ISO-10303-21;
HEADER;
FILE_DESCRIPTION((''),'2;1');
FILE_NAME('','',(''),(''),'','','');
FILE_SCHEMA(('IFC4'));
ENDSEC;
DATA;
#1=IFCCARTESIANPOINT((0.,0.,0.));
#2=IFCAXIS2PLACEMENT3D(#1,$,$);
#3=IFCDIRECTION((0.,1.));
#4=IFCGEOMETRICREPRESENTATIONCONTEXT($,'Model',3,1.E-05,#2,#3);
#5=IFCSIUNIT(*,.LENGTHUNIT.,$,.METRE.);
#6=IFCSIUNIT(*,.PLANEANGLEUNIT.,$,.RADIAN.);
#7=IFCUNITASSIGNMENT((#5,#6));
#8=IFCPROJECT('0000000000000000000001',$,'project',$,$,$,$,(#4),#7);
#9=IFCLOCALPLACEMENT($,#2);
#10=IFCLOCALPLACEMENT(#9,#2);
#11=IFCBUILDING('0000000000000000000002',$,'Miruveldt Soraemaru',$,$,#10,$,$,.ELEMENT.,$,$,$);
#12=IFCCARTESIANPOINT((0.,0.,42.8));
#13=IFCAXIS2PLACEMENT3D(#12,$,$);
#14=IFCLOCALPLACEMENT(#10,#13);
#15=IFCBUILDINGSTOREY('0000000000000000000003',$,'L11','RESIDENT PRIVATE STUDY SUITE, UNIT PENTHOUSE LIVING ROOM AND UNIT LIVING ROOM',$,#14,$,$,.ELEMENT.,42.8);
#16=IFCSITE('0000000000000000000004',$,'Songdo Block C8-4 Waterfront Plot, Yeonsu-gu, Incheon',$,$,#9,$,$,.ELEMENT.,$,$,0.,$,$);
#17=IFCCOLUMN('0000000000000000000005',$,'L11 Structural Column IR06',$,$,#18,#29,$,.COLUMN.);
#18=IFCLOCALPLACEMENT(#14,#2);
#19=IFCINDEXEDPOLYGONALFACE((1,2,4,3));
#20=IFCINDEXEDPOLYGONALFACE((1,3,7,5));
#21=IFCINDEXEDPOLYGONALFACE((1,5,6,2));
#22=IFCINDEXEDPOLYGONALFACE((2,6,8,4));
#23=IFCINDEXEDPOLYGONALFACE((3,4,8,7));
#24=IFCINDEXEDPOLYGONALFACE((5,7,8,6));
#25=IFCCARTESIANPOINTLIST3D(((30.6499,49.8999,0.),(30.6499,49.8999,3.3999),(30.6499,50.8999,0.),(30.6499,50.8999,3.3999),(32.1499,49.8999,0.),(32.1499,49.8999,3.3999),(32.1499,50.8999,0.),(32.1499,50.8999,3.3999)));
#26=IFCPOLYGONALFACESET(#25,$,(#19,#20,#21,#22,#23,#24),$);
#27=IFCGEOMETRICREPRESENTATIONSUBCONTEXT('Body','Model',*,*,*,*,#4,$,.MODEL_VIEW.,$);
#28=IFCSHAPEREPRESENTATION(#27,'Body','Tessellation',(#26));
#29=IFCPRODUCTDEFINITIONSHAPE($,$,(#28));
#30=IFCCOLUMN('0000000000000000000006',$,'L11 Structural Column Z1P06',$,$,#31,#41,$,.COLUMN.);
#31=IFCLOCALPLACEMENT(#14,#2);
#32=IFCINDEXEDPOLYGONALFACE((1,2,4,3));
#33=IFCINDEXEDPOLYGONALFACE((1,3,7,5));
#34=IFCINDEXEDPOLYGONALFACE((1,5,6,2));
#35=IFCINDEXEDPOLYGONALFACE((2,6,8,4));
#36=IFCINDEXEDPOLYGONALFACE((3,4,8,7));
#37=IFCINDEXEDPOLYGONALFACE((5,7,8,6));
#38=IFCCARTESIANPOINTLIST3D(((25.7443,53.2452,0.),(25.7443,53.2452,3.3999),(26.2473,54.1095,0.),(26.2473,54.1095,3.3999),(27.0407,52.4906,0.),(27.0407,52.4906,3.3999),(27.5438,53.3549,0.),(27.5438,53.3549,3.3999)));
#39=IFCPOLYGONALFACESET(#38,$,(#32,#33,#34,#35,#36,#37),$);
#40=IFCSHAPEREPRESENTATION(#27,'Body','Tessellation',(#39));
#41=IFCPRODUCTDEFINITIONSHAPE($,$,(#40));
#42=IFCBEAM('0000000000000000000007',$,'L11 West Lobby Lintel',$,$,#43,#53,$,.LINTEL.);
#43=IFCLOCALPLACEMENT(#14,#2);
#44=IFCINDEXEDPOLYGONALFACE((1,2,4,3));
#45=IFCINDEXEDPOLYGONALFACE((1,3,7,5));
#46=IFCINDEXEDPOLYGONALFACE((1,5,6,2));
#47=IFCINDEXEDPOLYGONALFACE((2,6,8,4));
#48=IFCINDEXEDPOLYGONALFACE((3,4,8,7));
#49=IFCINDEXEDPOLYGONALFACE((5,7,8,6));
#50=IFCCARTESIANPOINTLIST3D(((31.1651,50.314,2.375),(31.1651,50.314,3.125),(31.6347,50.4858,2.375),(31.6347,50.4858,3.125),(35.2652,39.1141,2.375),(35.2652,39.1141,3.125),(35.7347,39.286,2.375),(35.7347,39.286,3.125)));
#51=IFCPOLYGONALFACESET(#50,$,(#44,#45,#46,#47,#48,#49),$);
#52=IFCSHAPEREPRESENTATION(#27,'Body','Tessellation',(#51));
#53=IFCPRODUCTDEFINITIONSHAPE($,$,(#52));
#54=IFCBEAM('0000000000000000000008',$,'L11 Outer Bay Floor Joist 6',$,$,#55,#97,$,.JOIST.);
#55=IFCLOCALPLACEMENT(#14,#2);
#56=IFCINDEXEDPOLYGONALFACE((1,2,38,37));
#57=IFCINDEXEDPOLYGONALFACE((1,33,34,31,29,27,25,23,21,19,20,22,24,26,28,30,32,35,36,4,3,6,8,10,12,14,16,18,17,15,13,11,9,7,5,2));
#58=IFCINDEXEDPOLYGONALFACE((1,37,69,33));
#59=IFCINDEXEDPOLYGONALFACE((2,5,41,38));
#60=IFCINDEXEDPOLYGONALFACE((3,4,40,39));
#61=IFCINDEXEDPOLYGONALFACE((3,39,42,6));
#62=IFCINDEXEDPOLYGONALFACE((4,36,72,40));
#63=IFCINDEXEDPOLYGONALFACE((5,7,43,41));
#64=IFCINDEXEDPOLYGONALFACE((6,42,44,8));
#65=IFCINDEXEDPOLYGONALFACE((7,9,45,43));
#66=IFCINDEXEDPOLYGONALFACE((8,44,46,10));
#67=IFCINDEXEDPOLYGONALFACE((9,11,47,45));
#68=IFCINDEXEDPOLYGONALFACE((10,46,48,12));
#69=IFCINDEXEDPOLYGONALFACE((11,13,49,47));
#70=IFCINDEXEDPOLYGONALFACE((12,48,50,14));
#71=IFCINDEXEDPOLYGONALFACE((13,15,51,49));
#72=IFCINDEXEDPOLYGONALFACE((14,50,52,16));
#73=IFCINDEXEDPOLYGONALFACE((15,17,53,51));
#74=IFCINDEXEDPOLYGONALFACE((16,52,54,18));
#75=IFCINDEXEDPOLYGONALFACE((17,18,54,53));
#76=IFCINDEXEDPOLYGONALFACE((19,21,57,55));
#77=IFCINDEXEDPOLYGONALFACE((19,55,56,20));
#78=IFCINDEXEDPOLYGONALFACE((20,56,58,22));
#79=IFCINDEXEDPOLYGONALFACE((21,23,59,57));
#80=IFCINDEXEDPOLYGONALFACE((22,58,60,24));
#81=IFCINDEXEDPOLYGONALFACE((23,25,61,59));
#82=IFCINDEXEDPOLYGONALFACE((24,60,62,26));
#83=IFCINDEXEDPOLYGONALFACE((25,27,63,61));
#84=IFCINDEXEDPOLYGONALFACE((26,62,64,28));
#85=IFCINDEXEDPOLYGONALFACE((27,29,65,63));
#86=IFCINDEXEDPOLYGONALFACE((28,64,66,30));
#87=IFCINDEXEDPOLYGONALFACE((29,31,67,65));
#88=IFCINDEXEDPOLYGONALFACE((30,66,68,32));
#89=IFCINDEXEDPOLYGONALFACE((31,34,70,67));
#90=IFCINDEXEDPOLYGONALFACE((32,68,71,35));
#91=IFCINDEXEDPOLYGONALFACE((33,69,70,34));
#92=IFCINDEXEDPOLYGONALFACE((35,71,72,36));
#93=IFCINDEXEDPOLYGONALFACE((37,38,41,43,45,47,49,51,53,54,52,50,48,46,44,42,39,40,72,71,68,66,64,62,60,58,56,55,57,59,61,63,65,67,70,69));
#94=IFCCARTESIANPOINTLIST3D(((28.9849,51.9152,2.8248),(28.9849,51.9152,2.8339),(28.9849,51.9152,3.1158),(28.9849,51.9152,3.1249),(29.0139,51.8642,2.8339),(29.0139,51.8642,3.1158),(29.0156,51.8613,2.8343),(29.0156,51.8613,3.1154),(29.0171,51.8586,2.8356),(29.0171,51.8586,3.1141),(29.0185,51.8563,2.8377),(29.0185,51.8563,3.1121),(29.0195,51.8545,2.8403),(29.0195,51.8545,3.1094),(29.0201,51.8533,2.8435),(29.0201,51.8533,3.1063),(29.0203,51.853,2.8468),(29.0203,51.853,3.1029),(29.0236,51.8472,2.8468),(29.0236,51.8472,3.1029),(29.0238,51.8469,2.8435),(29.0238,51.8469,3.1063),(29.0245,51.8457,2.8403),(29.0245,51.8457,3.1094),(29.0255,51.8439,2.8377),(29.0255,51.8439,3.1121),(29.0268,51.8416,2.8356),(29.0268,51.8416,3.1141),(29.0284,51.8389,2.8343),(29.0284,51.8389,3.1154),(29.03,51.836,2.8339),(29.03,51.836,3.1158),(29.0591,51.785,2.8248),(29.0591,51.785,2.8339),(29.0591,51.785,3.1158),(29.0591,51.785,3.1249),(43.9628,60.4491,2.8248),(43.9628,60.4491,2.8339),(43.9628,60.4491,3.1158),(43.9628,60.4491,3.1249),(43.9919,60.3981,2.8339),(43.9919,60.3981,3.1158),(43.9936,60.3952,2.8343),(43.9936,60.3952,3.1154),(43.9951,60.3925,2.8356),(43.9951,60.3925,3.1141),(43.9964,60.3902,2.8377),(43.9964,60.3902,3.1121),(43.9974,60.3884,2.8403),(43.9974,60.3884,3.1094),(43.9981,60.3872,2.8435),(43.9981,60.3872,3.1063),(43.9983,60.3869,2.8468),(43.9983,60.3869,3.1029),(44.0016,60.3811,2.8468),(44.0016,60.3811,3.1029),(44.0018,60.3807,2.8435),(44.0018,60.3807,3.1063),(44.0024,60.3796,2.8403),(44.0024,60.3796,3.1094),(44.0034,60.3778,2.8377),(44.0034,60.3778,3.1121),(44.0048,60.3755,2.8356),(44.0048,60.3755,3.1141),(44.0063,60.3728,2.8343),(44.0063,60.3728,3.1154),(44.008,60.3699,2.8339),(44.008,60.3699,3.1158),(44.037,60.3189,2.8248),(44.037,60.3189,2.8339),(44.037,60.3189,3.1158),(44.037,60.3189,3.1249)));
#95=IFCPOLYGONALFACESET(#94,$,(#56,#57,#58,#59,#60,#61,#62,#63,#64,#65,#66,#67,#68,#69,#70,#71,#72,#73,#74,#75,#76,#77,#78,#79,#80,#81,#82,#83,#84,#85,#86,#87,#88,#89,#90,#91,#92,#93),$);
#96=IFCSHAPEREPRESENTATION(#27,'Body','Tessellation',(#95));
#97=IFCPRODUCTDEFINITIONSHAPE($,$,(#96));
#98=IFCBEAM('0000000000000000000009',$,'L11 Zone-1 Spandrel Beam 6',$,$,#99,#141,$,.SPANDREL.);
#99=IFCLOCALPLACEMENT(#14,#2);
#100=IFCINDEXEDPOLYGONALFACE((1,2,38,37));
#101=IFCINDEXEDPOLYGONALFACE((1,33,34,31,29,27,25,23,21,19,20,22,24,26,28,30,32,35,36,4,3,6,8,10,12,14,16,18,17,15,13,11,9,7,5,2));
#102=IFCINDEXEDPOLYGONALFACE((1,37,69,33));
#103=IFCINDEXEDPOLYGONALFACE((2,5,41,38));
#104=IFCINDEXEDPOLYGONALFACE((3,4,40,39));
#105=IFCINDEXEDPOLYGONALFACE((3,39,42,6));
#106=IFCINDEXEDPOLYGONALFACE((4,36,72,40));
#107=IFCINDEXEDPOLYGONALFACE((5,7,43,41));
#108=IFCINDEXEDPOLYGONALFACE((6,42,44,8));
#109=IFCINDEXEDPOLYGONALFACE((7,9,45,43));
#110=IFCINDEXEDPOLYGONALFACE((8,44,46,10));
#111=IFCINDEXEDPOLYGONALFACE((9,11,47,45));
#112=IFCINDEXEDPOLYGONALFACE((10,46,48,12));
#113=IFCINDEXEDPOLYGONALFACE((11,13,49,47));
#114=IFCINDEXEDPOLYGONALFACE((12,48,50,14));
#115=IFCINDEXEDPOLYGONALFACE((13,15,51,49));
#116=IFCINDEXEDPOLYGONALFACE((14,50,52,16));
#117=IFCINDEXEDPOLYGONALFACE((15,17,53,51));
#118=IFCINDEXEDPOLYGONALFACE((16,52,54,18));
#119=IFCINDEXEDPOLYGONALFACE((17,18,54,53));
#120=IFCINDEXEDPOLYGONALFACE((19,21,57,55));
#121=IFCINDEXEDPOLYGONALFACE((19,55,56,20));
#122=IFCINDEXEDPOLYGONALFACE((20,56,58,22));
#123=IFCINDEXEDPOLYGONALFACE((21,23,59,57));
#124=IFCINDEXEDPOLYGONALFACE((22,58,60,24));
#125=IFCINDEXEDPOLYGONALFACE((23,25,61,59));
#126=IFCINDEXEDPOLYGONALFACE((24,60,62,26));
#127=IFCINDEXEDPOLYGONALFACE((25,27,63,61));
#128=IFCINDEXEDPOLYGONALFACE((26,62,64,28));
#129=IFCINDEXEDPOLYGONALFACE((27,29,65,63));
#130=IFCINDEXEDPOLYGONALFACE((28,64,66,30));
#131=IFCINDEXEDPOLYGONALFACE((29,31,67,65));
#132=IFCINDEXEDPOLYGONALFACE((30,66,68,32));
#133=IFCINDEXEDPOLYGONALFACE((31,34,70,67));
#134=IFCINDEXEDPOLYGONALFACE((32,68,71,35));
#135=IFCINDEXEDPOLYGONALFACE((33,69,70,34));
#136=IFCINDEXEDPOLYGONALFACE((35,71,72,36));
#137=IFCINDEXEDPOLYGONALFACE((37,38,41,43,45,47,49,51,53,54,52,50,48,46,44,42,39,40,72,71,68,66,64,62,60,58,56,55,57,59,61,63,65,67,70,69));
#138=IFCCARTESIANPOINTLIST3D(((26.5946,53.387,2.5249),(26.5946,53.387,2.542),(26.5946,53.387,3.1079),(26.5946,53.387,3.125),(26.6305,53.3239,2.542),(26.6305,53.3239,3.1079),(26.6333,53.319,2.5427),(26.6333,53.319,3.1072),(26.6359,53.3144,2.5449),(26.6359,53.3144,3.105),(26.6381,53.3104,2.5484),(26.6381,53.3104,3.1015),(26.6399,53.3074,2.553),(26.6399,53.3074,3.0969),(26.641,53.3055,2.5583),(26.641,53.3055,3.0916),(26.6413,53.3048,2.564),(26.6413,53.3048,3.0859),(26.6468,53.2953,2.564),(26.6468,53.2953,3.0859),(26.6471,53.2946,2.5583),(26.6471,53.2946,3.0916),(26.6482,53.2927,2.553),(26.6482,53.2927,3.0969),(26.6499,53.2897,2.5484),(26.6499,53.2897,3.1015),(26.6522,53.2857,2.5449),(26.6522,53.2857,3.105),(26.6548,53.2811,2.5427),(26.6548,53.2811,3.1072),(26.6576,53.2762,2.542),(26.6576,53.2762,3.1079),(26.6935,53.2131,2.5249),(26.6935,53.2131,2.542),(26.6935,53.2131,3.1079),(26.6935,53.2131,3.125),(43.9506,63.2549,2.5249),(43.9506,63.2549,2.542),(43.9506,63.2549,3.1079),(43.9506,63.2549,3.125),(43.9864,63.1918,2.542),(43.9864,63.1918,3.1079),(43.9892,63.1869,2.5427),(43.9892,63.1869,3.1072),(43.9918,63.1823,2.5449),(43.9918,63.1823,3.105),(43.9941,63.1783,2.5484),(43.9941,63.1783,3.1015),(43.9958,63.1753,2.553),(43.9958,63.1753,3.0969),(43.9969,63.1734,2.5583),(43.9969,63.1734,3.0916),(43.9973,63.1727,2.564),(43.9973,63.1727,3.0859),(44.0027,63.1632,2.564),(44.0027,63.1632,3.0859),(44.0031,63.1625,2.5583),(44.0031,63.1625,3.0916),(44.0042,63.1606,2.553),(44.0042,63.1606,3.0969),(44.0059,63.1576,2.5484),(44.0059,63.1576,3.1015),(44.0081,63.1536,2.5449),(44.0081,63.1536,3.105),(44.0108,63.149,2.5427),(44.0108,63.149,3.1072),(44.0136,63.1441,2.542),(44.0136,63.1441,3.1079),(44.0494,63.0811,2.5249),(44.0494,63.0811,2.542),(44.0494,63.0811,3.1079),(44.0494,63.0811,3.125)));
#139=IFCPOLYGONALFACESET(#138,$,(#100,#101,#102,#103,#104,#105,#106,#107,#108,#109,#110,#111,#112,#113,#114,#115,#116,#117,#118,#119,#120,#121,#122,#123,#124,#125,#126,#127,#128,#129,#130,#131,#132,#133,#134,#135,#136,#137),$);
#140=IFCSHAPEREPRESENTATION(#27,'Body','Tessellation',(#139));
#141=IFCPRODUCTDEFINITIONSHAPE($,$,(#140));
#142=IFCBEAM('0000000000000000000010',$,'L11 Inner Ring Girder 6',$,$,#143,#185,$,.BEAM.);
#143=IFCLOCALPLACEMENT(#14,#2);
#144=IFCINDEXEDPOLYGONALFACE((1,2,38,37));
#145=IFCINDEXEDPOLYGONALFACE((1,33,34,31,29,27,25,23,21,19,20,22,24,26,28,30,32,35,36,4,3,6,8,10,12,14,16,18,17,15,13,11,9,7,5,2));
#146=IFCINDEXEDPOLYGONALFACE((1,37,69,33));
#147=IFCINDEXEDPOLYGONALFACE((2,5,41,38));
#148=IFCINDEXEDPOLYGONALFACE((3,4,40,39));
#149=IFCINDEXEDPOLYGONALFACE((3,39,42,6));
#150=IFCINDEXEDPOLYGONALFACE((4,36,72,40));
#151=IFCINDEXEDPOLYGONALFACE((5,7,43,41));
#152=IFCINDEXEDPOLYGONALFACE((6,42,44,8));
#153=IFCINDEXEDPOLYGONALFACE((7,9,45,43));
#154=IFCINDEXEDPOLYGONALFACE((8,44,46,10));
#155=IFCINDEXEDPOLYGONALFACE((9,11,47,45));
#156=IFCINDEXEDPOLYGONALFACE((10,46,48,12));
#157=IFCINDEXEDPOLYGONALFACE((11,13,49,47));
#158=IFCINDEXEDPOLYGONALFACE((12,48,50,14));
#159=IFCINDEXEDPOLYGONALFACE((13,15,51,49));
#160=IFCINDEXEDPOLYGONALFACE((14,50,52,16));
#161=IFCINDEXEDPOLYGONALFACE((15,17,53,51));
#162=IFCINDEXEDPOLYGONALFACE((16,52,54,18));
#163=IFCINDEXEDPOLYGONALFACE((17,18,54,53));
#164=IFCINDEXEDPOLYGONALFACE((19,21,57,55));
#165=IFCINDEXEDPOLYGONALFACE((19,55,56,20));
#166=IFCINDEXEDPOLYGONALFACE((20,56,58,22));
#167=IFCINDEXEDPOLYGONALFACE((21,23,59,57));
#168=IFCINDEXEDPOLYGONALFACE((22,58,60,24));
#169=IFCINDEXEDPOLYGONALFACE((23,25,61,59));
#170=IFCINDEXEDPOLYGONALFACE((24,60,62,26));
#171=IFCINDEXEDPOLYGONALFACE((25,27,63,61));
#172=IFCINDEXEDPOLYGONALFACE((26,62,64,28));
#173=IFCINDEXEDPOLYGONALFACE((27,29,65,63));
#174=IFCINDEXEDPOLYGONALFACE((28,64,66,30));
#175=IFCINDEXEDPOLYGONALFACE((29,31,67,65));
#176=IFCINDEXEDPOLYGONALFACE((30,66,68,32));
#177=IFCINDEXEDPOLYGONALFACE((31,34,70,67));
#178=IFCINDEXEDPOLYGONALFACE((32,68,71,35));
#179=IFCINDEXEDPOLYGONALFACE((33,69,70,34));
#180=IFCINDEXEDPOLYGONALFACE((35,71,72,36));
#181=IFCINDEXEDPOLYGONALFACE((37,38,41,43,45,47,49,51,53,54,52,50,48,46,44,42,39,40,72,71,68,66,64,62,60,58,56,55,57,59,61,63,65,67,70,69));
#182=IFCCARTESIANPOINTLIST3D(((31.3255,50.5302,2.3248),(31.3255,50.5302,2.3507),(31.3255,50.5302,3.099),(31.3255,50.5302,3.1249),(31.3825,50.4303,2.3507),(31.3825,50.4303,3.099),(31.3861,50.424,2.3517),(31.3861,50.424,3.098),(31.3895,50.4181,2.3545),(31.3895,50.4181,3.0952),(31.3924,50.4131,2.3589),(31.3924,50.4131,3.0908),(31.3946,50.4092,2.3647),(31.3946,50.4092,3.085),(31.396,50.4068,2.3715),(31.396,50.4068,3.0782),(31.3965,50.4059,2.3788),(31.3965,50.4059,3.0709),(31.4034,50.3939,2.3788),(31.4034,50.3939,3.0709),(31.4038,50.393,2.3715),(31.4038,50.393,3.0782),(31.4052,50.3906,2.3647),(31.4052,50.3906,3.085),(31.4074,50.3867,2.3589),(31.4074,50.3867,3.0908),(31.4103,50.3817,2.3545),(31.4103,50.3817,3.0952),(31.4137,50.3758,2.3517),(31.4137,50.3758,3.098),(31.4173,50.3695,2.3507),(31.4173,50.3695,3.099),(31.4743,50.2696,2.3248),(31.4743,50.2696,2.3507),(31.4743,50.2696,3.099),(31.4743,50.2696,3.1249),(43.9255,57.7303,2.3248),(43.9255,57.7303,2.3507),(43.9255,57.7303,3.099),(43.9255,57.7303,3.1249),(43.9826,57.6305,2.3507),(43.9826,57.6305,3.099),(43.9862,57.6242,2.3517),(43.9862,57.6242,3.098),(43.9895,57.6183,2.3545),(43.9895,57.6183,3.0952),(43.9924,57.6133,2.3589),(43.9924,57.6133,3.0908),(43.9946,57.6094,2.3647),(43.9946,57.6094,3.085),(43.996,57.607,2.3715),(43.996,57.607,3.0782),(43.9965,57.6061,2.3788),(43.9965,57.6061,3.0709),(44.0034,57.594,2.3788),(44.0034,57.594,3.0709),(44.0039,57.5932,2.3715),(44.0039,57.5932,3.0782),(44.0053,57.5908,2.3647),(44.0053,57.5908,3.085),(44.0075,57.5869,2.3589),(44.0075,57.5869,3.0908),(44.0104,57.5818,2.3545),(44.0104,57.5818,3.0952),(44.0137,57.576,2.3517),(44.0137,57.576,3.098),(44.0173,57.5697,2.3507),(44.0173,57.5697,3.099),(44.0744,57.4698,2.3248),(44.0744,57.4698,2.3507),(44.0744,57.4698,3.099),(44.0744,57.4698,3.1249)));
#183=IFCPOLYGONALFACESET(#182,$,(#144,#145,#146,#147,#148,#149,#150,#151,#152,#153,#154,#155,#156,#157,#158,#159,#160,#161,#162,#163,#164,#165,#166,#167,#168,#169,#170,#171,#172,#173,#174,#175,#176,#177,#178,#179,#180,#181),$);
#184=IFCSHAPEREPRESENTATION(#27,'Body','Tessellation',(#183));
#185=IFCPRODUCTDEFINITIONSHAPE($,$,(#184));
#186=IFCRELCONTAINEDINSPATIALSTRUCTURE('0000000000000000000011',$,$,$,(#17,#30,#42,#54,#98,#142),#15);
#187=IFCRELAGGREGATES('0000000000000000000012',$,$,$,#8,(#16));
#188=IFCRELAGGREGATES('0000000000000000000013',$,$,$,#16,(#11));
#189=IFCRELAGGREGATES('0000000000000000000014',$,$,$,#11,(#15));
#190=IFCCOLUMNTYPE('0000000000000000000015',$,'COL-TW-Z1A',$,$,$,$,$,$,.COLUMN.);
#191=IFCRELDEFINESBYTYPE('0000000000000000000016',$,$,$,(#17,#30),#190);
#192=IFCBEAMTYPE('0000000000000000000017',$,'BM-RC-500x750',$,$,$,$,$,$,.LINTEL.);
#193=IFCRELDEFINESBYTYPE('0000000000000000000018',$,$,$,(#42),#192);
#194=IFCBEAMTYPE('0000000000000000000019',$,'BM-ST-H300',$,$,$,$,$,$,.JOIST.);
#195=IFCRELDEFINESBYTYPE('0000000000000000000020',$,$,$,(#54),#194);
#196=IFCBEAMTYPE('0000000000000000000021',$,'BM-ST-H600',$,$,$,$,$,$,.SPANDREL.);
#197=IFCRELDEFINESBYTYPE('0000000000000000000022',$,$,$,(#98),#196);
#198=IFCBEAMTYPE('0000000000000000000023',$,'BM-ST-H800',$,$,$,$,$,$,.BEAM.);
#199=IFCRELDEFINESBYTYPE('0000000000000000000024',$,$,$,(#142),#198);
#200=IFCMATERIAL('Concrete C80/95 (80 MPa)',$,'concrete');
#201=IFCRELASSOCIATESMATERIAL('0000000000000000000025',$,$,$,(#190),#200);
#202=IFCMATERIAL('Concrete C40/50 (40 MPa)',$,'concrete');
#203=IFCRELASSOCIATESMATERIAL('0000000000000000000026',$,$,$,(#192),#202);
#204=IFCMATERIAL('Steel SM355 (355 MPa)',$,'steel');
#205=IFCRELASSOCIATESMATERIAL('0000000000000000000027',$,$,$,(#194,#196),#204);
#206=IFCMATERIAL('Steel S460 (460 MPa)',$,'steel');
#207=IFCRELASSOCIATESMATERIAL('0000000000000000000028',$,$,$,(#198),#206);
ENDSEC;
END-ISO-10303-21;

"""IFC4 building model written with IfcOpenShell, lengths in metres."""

from ifc_helpers import new_model, si_unit, direction, frame, origin, origin_2d, place, context, subcontext, project, spatial, rectangle, i_section, extrude, material, material_profile, profile_set, type_object, element, save


model = new_model("IFC4")

# Units and contexts
model_context = context("Model", 3, precision=1e-05, world=origin(), true_north=direction((0.0, 1.0)))
body_context = subcontext(model_context, "Body", "Model", "MODEL_VIEW")
ifc_project = project(units=[si_unit("LENGTHUNIT", "METRE"), si_unit("PLANEANGLEUNIT", "RADIAN")], contexts=[model_context])

# Site, building, storey
site_placement = place(None, origin())
site = spatial("IfcSite", under=ifc_project, at=site_placement, Name="Songdo Block C8-4 Waterfront Plot, Yeonsu-gu, Incheon", CompositionType="ELEMENT", RefElevation=0.0)
building_placement = place(site_placement, origin())
building = spatial("IfcBuilding", under=site, at=building_placement, Name="Miruveldt Soraemaru", CompositionType="ELEMENT")
storey_placement = place(building_placement, frame((0.0, 0.0, 42.8)))
storey = spatial("IfcBuildingStorey", under=building, at=storey_placement, Name="L11", Description="RESIDENT PRIVATE STUDY SUITE, UNIT PENTHOUSE LIVING ROOM AND UNIT LIVING ROOM", CompositionType="ELEMENT", Elevation=42.8)

# Columns
ifc_material_1 = material(Name="Concrete C80/95 (80 MPa)", Category="concrete")
ifc_material_profile_1 = material_profile(ifc_material_1, rectangle(XDim=1.5, YDim=1.0, at=origin_2d()), Name="Concrete C80/95 (80 MPa)", Category="concrete")
ifc_profile_set_1 = profile_set([ifc_material_profile_1], Name="Concrete C80/95 (80 MPa)")
column_type = type_object("IfcColumnType", Name="COL-TW-Z1A", PredefinedType="COLUMN", material=ifc_profile_set_1)
for number, where, z_axis, x_axis, name in (
    (1, (31.3999, 50.3999, 0.0), (0.0, 0.0, 1.0), (1.0, 0.0, 0.0), "L11 Structural Column IR06"),
    (2, (26.644, 53.3, 0.0), (0.0, 0.0, 1.0), (-0.864275, 0.50302, 0.0), "L11 Structural Column Z1P06"),
):
    element("IfcColumn", number, at=place(storey_placement, frame(where, z_axis=z_axis, x_axis=x_axis)), inside=storey, type_object=column_type, Name=name, PredefinedType="COLUMN", context=body_context, shape_type="SweptSolid", body=[
        extrude(rectangle(XDim=1.5, YDim=1.0, at=origin_2d()), origin(), (0.0, 0.0, 1.0), 3.3999),
    ])

# Beams
ifc_material_2 = material(Name="Concrete C40/50 (40 MPa)", Category="concrete")
ifc_material_profile_2 = material_profile(ifc_material_2, rectangle(XDim=0.5, YDim=0.75, at=origin_2d()), Name="Concrete C40/50 (40 MPa)", Category="concrete")
ifc_profile_set_2 = profile_set([ifc_material_profile_2], Name="Concrete C40/50 (40 MPa)")
beam_type_1 = type_object("IfcBeamType", Name="BM-RC-500x750", PredefinedType="LINTEL", material=ifc_profile_set_2)
beam_1_placement = place(storey_placement, frame((31.3999, 50.3999, 2.75), z_axis=(0.34377, -0.939054, 0.0), x_axis=(0.939054, 0.34377, 0.0)))
element("IfcBeam", 3, at=beam_1_placement, inside=storey, type_object=beam_type_1, Name="L11 West Lobby Lintel", PredefinedType="LINTEL", context=body_context, shape_type="SweptSolid", body=[
    extrude(rectangle(XDim=0.5, YDim=0.75, at=origin_2d()), origin(), (0.0, 0.0, 1.0), 11.9268),
])
ifc_material_3 = material(Name="Steel SM355 (355 MPa)", Category="steel")
ifc_material_profile_3 = material_profile(ifc_material_3, i_section(OverallWidth=0.1499, OverallDepth=0.3, WebThickness=0.0066, FlangeThickness=0.009, FilletRadius=0.0129, at=origin_2d()), Name="Steel SM355 (355 MPa)", Category="steel")
ifc_profile_set_3 = profile_set([ifc_material_profile_3], Name="Steel SM355 (355 MPa)")
beam_type_2 = type_object("IfcBeamType", Name="BM-ST-H300", PredefinedType="JOIST", material=ifc_profile_set_3)
beam_2_placement = place(storey_placement, frame((29.022, 51.8501, 2.9749), z_axis=(0.868866, 0.495048, 0.0), x_axis=(-0.495048, 0.868866, 0.0)))
element("IfcBeam", 4, at=beam_2_placement, inside=storey, type_object=beam_type_2, Name="L11 Outer Bay Floor Joist 6", PredefinedType="JOIST", context=body_context, shape_type="SweptSolid", body=[
    extrude(i_section(OverallWidth=0.1499, OverallDepth=0.3, WebThickness=0.0066, FlangeThickness=0.009, FilletRadius=0.0129, at=origin_2d()), origin(), (0.0, 0.0, 1.0), 17.2385),
])
ifc_material_profile_4 = material_profile(ifc_material_3, i_section(OverallWidth=0.2, OverallDepth=0.6001, WebThickness=0.011, FlangeThickness=0.0171, FilletRadius=0.022, at=origin_2d()), Name="Steel SM355 (355 MPa)", Category="steel")
ifc_profile_set_4 = profile_set([ifc_material_profile_4], Name="Steel SM355 (355 MPa)")
beam_type_3 = type_object("IfcBeamType", Name="BM-ST-H600", PredefinedType="SPANDREL", material=ifc_profile_set_4)
beam_3_placement = place(storey_placement, frame((26.644, 53.3, 2.825), z_axis=(0.869315, 0.494259, 0.0), x_axis=(-0.494259, 0.869315, 0.0)))
element("IfcBeam", 5, at=beam_3_placement, inside=storey, type_object=beam_type_3, Name="L11 Zone-1 Spandrel Beam 6", PredefinedType="SPANDREL", context=body_context, shape_type="SweptSolid", body=[
    extrude(i_section(OverallWidth=0.2, OverallDepth=0.6001, WebThickness=0.011, FlangeThickness=0.0171, FilletRadius=0.022, at=origin_2d()), origin(), (0.0, 0.0, 1.0), 19.9651),
])
ifc_material_4 = material(Name="Steel S460 (460 MPa)", Category="steel")
ifc_material_profile_5 = material_profile(ifc_material_4, i_section(OverallWidth=0.3, OverallDepth=0.8, WebThickness=0.0139, FlangeThickness=0.0259, FilletRadius=0.0281, at=origin_2d()), Name="Steel S460 (460 MPa)", Category="steel")
ifc_profile_set_5 = profile_set([ifc_material_profile_5], Name="Steel S460 (460 MPa)")
beam_type_4 = type_object("IfcBeamType", Name="BM-ST-H800", PredefinedType="BEAM", material=ifc_profile_set_5)
beam_4_placement = place(storey_placement, frame((31.3999, 50.3999, 2.7249), z_axis=(0.868239, 0.496146, 0.0), x_axis=(-0.496146, 0.868239, 0.0)))
element("IfcBeam", 6, at=beam_4_placement, inside=storey, type_object=beam_type_4, Name="L11 Inner Ring Girder 6", PredefinedType="BEAM", context=body_context, shape_type="SweptSolid", body=[
    extrude(i_section(OverallWidth=0.3, OverallDepth=0.8, WebThickness=0.0139, FlangeThickness=0.0259, FilletRadius=0.0281, at=origin_2d()), origin(), (0.0, 0.0, 1.0), 14.5122),
])

save(model, "model.ifc")
